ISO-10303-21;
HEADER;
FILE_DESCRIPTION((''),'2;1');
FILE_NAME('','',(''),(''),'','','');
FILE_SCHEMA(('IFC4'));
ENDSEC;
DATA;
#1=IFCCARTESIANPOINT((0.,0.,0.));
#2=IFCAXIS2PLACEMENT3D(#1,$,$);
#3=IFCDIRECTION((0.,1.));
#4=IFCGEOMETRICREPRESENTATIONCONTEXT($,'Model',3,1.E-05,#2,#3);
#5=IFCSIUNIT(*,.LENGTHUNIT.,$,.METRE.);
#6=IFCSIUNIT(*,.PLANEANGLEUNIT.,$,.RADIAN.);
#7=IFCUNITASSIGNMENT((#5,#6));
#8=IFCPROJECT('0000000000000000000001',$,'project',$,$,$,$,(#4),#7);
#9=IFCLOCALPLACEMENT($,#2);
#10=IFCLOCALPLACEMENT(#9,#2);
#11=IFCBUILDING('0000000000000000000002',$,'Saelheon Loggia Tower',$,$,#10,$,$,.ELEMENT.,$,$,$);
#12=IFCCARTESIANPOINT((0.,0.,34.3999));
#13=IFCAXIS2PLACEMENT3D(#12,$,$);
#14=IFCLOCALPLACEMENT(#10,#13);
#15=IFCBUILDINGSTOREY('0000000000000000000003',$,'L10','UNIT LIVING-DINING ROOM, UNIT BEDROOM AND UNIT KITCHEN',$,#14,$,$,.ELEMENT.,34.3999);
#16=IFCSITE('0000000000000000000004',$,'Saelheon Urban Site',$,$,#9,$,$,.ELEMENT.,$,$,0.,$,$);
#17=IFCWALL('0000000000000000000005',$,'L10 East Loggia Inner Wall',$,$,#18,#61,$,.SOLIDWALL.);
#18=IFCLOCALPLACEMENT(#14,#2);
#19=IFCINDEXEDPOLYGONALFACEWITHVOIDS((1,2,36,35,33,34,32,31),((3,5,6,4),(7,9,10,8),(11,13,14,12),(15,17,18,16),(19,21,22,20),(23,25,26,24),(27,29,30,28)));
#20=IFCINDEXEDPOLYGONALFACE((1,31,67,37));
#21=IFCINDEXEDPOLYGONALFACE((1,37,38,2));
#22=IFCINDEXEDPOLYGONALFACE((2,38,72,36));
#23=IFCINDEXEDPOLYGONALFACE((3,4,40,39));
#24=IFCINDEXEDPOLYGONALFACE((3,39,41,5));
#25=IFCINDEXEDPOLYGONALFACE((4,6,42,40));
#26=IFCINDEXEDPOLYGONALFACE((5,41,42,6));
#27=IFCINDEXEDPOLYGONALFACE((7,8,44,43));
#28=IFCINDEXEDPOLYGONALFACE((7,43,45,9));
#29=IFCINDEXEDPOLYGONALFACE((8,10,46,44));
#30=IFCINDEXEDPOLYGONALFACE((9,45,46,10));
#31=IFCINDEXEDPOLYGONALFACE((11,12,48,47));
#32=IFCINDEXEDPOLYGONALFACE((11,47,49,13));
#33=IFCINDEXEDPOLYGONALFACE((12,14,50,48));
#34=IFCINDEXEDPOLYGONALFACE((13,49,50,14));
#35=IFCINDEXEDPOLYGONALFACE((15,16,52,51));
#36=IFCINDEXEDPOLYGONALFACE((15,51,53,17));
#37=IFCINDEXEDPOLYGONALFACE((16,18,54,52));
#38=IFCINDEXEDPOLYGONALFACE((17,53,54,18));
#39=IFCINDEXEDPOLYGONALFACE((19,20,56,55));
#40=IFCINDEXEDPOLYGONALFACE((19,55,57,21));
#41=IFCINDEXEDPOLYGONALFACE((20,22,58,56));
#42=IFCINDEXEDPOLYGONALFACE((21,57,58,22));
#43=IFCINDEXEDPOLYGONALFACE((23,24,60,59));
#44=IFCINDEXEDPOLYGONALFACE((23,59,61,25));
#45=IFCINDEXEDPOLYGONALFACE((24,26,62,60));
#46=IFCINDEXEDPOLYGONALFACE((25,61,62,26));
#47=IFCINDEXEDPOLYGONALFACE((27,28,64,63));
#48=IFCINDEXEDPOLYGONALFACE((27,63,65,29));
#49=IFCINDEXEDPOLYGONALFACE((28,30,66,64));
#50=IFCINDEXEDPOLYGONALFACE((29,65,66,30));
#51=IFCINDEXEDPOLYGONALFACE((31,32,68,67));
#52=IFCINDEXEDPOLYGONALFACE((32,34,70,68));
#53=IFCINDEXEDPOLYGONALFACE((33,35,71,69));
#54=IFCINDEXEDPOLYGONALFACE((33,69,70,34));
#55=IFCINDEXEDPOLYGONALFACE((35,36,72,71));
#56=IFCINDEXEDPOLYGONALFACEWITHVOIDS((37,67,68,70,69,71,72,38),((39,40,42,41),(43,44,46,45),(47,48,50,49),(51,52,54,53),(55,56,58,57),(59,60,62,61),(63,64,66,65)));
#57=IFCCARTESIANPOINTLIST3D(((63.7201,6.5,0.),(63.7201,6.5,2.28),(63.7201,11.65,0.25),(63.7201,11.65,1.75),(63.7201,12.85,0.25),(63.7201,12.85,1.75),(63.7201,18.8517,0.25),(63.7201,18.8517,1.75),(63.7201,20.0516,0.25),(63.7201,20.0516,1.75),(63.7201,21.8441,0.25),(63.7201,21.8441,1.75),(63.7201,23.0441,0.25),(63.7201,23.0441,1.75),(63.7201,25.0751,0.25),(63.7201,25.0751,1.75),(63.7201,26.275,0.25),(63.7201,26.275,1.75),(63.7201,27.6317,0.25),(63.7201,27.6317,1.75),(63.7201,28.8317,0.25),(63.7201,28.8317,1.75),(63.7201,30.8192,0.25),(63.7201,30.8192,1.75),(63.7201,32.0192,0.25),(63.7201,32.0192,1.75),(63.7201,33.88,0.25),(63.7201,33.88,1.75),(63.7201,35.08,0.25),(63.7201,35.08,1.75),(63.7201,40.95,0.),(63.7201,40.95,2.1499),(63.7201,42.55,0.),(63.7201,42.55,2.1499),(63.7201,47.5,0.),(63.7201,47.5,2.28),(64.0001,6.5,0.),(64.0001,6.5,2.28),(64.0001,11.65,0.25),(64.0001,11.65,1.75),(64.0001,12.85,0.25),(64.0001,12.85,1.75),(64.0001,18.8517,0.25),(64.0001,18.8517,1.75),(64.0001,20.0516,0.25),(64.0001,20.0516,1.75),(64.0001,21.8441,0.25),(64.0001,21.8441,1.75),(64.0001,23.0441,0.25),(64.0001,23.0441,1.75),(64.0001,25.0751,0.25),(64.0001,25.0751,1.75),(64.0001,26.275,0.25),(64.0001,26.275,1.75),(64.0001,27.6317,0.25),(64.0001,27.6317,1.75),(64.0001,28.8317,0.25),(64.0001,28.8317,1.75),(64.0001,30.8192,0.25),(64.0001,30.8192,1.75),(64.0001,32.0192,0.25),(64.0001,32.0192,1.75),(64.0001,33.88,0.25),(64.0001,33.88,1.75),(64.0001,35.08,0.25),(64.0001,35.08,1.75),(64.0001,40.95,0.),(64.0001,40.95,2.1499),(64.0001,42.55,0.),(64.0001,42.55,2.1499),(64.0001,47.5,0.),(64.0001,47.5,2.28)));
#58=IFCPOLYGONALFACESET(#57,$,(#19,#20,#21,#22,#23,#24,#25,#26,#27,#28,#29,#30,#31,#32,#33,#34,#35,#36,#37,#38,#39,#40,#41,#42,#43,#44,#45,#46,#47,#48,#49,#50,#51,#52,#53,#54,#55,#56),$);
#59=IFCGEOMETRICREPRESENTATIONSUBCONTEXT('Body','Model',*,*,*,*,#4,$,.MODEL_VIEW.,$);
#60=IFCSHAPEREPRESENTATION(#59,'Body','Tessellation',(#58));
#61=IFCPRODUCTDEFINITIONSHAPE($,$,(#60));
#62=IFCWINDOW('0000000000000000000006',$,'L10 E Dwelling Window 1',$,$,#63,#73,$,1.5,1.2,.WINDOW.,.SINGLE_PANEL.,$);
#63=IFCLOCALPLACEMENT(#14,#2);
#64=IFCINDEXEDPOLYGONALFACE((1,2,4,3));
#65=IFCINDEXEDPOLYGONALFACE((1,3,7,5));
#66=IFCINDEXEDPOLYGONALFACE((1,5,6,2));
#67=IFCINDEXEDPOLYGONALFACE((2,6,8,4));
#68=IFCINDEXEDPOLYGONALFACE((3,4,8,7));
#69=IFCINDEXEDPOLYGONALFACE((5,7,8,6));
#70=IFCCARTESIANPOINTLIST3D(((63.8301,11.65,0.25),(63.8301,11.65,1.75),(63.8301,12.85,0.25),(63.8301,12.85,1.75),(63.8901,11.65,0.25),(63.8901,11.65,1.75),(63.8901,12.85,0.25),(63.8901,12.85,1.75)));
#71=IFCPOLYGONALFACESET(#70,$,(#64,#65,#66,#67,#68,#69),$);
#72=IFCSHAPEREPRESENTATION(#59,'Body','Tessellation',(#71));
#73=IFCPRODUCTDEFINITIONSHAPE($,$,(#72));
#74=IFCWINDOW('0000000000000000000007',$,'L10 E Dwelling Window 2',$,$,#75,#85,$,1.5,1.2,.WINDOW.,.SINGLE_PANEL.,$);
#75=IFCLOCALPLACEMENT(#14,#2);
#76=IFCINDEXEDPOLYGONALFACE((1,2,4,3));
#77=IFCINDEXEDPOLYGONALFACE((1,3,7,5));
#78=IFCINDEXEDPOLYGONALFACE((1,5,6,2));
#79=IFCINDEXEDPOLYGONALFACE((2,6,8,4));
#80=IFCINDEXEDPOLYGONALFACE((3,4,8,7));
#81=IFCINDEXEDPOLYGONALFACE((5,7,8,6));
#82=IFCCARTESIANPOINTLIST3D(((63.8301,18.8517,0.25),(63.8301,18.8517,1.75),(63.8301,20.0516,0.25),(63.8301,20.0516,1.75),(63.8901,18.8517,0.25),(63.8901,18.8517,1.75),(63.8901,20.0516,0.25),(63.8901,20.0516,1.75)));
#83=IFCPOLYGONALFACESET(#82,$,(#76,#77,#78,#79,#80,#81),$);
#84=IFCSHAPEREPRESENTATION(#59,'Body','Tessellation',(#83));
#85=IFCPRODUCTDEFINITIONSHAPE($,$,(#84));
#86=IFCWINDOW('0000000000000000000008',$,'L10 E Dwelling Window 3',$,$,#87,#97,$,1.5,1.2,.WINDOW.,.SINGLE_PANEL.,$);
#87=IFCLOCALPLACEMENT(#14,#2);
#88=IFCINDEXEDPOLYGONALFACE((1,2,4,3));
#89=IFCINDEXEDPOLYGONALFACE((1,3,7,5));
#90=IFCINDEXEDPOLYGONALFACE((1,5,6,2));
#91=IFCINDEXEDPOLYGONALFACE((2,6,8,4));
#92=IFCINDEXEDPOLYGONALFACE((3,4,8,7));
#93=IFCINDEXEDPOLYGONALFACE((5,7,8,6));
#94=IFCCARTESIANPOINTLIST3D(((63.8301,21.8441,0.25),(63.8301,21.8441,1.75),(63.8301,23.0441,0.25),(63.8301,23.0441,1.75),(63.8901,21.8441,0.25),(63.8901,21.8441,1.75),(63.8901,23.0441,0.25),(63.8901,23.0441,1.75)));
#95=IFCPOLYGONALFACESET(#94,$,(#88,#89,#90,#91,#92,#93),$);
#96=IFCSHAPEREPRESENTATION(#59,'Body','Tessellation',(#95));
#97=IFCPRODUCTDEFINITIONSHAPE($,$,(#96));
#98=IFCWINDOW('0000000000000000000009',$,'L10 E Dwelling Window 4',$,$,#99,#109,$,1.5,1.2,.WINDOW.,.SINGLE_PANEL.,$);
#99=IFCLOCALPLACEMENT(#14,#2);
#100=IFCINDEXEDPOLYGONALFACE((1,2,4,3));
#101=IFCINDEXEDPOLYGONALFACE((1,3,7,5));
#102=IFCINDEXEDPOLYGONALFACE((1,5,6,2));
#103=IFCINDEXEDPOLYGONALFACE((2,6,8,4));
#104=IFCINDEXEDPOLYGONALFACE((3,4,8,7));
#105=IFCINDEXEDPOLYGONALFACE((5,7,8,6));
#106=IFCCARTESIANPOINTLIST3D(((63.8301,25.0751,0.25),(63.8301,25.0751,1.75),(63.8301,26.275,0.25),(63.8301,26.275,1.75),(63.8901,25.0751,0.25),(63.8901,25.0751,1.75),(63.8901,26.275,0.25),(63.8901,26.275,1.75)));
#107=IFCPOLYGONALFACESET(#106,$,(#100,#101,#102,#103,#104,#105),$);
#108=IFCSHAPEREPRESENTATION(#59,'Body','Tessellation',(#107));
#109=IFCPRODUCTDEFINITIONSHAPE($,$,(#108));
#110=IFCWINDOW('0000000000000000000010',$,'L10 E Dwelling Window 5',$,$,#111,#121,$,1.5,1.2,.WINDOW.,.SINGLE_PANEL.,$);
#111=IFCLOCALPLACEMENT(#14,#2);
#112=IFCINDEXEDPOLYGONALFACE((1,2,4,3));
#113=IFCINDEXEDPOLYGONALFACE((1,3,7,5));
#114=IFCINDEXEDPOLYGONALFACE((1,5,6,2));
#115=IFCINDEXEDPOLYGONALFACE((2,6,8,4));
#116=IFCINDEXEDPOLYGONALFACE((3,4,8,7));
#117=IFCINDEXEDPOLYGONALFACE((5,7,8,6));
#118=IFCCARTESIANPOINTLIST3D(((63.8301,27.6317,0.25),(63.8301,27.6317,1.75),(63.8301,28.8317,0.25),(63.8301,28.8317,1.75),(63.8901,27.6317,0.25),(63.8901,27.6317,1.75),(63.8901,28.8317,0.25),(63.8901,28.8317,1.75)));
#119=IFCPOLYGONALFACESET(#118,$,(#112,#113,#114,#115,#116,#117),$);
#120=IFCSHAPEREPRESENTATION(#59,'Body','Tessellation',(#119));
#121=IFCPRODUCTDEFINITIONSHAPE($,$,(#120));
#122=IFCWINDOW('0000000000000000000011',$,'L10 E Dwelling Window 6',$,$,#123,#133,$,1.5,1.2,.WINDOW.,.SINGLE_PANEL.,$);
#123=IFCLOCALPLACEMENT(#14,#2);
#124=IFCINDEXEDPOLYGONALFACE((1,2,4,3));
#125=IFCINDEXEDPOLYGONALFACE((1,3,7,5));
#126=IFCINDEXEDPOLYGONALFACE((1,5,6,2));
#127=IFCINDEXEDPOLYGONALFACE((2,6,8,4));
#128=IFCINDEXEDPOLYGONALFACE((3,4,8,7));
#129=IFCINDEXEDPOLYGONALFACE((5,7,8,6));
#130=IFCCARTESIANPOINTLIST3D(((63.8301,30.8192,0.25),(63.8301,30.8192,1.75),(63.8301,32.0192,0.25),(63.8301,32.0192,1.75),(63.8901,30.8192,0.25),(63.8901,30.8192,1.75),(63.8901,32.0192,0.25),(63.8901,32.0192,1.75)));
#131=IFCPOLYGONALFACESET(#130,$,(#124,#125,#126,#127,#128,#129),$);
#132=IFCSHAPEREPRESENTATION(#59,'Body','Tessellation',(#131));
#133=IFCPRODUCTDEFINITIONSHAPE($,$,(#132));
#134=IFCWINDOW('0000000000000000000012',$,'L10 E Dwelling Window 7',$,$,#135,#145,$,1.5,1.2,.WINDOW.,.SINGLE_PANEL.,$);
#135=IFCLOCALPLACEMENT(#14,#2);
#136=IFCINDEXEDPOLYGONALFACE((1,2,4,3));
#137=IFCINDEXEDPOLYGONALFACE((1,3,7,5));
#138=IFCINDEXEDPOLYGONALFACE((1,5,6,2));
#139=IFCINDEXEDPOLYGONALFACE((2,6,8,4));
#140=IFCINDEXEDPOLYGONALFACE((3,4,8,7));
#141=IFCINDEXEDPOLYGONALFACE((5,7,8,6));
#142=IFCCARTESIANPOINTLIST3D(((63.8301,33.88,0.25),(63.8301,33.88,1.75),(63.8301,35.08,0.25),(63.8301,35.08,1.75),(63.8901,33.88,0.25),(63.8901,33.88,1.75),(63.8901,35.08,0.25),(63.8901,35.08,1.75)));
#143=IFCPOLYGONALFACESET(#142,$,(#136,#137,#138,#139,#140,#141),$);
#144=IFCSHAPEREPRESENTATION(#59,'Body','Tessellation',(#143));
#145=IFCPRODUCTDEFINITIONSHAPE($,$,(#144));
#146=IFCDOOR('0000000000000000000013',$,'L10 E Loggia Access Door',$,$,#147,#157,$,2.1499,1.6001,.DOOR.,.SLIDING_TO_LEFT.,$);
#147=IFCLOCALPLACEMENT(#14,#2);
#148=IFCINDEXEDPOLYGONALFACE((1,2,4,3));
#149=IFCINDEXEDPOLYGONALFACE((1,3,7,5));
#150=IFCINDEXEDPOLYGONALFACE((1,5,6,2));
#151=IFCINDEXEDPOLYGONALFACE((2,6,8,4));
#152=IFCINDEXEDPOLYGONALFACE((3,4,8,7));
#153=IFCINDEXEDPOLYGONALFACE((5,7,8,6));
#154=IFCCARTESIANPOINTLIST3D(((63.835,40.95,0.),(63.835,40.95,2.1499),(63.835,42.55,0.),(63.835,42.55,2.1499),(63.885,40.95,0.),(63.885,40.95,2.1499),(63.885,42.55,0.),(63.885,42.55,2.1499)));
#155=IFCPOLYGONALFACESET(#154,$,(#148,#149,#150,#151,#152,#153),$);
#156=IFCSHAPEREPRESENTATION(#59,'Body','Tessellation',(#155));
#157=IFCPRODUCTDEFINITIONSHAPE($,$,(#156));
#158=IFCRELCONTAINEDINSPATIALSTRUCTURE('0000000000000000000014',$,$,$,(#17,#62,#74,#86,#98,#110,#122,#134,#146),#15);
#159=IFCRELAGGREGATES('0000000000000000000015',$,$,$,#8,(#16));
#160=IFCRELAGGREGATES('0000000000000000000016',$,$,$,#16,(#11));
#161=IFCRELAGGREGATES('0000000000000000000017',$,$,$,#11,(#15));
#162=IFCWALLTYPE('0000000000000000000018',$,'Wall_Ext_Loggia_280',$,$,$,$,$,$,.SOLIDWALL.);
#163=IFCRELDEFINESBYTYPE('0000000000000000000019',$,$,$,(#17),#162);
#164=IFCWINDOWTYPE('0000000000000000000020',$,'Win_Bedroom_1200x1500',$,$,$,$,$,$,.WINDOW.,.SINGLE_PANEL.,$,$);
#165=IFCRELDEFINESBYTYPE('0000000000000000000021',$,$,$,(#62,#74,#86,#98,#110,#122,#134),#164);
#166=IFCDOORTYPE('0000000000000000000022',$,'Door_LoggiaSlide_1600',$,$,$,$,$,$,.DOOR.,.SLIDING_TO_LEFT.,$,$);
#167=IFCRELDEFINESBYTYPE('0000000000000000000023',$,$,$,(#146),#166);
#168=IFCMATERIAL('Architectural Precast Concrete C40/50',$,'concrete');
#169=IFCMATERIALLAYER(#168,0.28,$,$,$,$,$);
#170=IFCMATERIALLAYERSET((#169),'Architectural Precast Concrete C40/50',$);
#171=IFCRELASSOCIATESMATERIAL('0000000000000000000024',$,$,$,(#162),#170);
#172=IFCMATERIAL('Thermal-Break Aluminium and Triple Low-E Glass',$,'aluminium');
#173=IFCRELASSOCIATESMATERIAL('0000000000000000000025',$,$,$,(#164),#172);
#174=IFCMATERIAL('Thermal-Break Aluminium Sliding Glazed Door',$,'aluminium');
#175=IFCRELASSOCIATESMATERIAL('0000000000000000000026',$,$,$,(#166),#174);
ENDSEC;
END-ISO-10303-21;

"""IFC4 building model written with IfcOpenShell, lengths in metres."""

from ifc_helpers import new_model, si_unit, direction, frame, frame_2d, origin, place, context, subcontext, project, spatial, rectangle, extrude, source, transform, mapped, material, layer, layer_set, type_object, element, fill, save


model = new_model("IFC4")

# Units and contexts
model_context = context("Model", 3, precision=1e-05, world=origin(), true_north=direction((0.0, 1.0)))
body_context = subcontext(model_context, "Body", "Model", "MODEL_VIEW")
ifc_project = project(units=[si_unit("LENGTHUNIT", "METRE"), si_unit("PLANEANGLEUNIT", "RADIAN")], contexts=[model_context])

# Site, building, storey
site_placement = place(None, origin())
site = spatial("IfcSite", under=ifc_project, at=site_placement, Name="Saelheon Urban Site", CompositionType="ELEMENT", RefElevation=0.0)
building_placement = place(site_placement, origin())
building = spatial("IfcBuilding", under=site, at=building_placement, Name="Saelheon Loggia Tower", CompositionType="ELEMENT")
storey_placement = place(building_placement, frame((0.0, 0.0, 34.3999)))
storey = spatial("IfcBuildingStorey", under=building, at=storey_placement, Name="L10", Description="UNIT LIVING-DINING ROOM, UNIT BEDROOM AND UNIT KITCHEN", CompositionType="ELEMENT", Elevation=34.3999)

# Shared definitions
ifc_material_1 = material(Name="Thermal-Break Aluminium and Triple Low-E Glass", Category="aluminium")

# Wall, openings, windows, door
ifc_material_2 = material(Name="Architectural Precast Concrete C40/50", Category="concrete")
ifc_layer_1 = layer(ifc_material_2, 0.28)
ifc_layer_set_1 = layer_set([ifc_layer_1], Name="Architectural Precast Concrete C40/50")
wall_type_1 = type_object("IfcWallType", Name="Wall_Ext_Loggia_280", PredefinedType="SOLIDWALL", material=ifc_layer_set_1)
wall_1_placement = place(storey_placement, frame((63.8601, 6.5, 0.0), z_axis=(0.0, 0.0, 1.0), x_axis=(0.0, 1.0, 0.0)))
wall_1 = element("IfcWall", 1, at=wall_1_placement, inside=storey, type_object=wall_type_1, Name="L10 East Loggia Inner Wall", PredefinedType="SOLIDWALL", context=body_context, shape_type="SweptSolid", body=[
    extrude(rectangle(XDim=41.0, YDim=0.28, at=frame_2d((20.5, 0.0))), origin(), (0.0, 0.0, 1.0), 2.28),
])
opening_1_placement = place(wall_1_placement, frame((5.1499, 0.0, 0.25)))
opening_1 = element("IfcOpeningElement", 2, at=opening_1_placement, cuts=wall_1, PredefinedType="OPENING", context=body_context, shape_type="SweptSolid", body=[
    extrude(rectangle(XDim=1.2, YDim=1.5, at=frame_2d((0.6001, 0.75))), frame((0.0, 0.1521, 0.0), z_axis=(0.0, -1.0, 0.0), x_axis=(1.0, 0.0, 0.0)), (0.0, 0.0, 1.0), 0.304),
])
opening_2_placement = place(wall_1_placement, frame((12.3516, 0.0, 0.25)))
opening_2 = element("IfcOpeningElement", 3, at=opening_2_placement, cuts=wall_1, PredefinedType="OPENING", context=body_context, shape_type="SweptSolid", body=[
    extrude(rectangle(XDim=1.2, YDim=1.5, at=frame_2d((0.6001, 0.75))), frame((0.0, 0.1521, 0.0), z_axis=(0.0, -1.0, 0.0), x_axis=(1.0, 0.0, 0.0)), (0.0, 0.0, 1.0), 0.304),
])
opening_3_placement = place(wall_1_placement, frame((15.344, 0.0, 0.25)))
opening_3 = element("IfcOpeningElement", 4, at=opening_3_placement, cuts=wall_1, PredefinedType="OPENING", context=body_context, shape_type="SweptSolid", body=[
    extrude(rectangle(XDim=1.2, YDim=1.5, at=frame_2d((0.6001, 0.75))), frame((0.0, 0.1521, 0.0), z_axis=(0.0, -1.0, 0.0), x_axis=(1.0, 0.0, 0.0)), (0.0, 0.0, 1.0), 0.304),
])
opening_4_placement = place(wall_1_placement, frame((18.575, 0.0, 0.25)))
opening_4 = element("IfcOpeningElement", 5, at=opening_4_placement, cuts=wall_1, PredefinedType="OPENING", context=body_context, shape_type="SweptSolid", body=[
    extrude(rectangle(XDim=1.2, YDim=1.5, at=frame_2d((0.6001, 0.75))), frame((0.0, 0.1521, 0.0), z_axis=(0.0, -1.0, 0.0), x_axis=(1.0, 0.0, 0.0)), (0.0, 0.0, 1.0), 0.304),
])
opening_5_placement = place(wall_1_placement, frame((21.1316, 0.0, 0.25)))
opening_5 = element("IfcOpeningElement", 6, at=opening_5_placement, cuts=wall_1, PredefinedType="OPENING", context=body_context, shape_type="SweptSolid", body=[
    extrude(rectangle(XDim=1.2, YDim=1.5, at=frame_2d((0.6001, 0.75))), frame((0.0, 0.1521, 0.0), z_axis=(0.0, -1.0, 0.0), x_axis=(1.0, 0.0, 0.0)), (0.0, 0.0, 1.0), 0.304),
])
opening_6_placement = place(wall_1_placement, frame((24.3191, 0.0, 0.25)))
opening_6 = element("IfcOpeningElement", 7, at=opening_6_placement, cuts=wall_1, PredefinedType="OPENING", context=body_context, shape_type="SweptSolid", body=[
    extrude(rectangle(XDim=1.2, YDim=1.5, at=frame_2d((0.6001, 0.75))), frame((0.0, 0.1521, 0.0), z_axis=(0.0, -1.0, 0.0), x_axis=(1.0, 0.0, 0.0)), (0.0, 0.0, 1.0), 0.304),
])
opening_7_placement = place(wall_1_placement, frame((27.3799, 0.0, 0.25)))
opening_7 = element("IfcOpeningElement", 8, at=opening_7_placement, cuts=wall_1, PredefinedType="OPENING", context=body_context, shape_type="SweptSolid", body=[
    extrude(rectangle(XDim=1.2, YDim=1.5, at=frame_2d((0.6001, 0.75))), frame((0.0, 0.1521, 0.0), z_axis=(0.0, -1.0, 0.0), x_axis=(1.0, 0.0, 0.0)), (0.0, 0.0, 1.0), 0.304),
])
opening_8_placement = place(wall_1_placement, frame((36.05, 0.0, 0.0), z_axis=(0.0, 0.0, 1.0), x_axis=(-1.0, 0.0, 0.0)))
opening_8 = element("IfcOpeningElement", 9, at=opening_8_placement, cuts=wall_1, PredefinedType="OPENING", context=body_context, shape_type="SweptSolid", body=[
    extrude(rectangle(XDim=1.6001, YDim=2.1499, at=frame_2d((0.8, 1.075))), frame((0.0, 0.1521, 0.0), z_axis=(0.0, -1.0, 0.0), x_axis=(1.0, 0.0, 0.0)), (0.0, 0.0, 1.0), 0.304),
])
window_type = type_object("IfcWindowType", Name="Win_Bedroom_1200x1500", PartitioningType="SINGLE_PANEL", PredefinedType="WINDOW", material=ifc_material_1)
shared_shape_1 = source(origin(), body_context, "Body", "SweptSolid", [
    extrude(rectangle(XDim=1.2, YDim=1.5, at=frame_2d((0.6001, 0.75))), frame((0.0, 0.03, 0.0), z_axis=(0.0, -1.0, 0.0), x_axis=(1.0, 0.0, 0.0)), (0.0, 0.0, 1.0), 0.0601),
])
window_1_placement = place(opening_1_placement, origin())
window_1 = element("IfcWindow", 10, at=window_1_placement, inside=storey, type_object=window_type, Name="L10 E Dwelling Window 1", OverallHeight=1.5, OverallWidth=1.2, PartitioningType="SINGLE_PANEL", PredefinedType="WINDOW", context=body_context, shape_type="MappedRepresentation", body=[
    mapped(shared_shape_1, transform((0.0, 0.0, 0.0), scale=1.0)),
])
fill(opening_1, window_1)
window_2_placement = place(opening_2_placement, origin())
window_2 = element("IfcWindow", 11, at=window_2_placement, inside=storey, type_object=window_type, Name="L10 E Dwelling Window 2", OverallHeight=1.5, OverallWidth=1.2, PartitioningType="SINGLE_PANEL", PredefinedType="WINDOW", context=body_context, shape_type="MappedRepresentation", body=[
    mapped(shared_shape_1, transform((0.0, 0.0, 0.0), scale=1.0)),
])
fill(opening_2, window_2)
window_3_placement = place(opening_3_placement, origin())
window_3 = element("IfcWindow", 12, at=window_3_placement, inside=storey, type_object=window_type, Name="L10 E Dwelling Window 3", OverallHeight=1.5, OverallWidth=1.2, PartitioningType="SINGLE_PANEL", PredefinedType="WINDOW", context=body_context, shape_type="MappedRepresentation", body=[
    mapped(shared_shape_1, transform((0.0, 0.0, 0.0), scale=1.0)),
])
fill(opening_3, window_3)
window_4_placement = place(opening_4_placement, origin())
window_4 = element("IfcWindow", 13, at=window_4_placement, inside=storey, type_object=window_type, Name="L10 E Dwelling Window 4", OverallHeight=1.5, OverallWidth=1.2, PartitioningType="SINGLE_PANEL", PredefinedType="WINDOW", context=body_context, shape_type="MappedRepresentation", body=[
    mapped(shared_shape_1, transform((0.0, 0.0, 0.0), scale=1.0)),
])
fill(opening_4, window_4)
window_5_placement = place(opening_5_placement, origin())
window_5 = element("IfcWindow", 14, at=window_5_placement, inside=storey, type_object=window_type, Name="L10 E Dwelling Window 5", OverallHeight=1.5, OverallWidth=1.2, PartitioningType="SINGLE_PANEL", PredefinedType="WINDOW", context=body_context, shape_type="MappedRepresentation", body=[
    mapped(shared_shape_1, transform((0.0, 0.0, 0.0), scale=1.0)),
])
fill(opening_5, window_5)
window_6_placement = place(opening_6_placement, origin())
window_6 = element("IfcWindow", 15, at=window_6_placement, inside=storey, type_object=window_type, Name="L10 E Dwelling Window 6", OverallHeight=1.5, OverallWidth=1.2, PartitioningType="SINGLE_PANEL", PredefinedType="WINDOW", context=body_context, shape_type="MappedRepresentation", body=[
    mapped(shared_shape_1, transform((0.0, 0.0, 0.0), scale=1.0)),
])
fill(opening_6, window_6)
window_7_placement = place(opening_7_placement, origin())
window_7 = element("IfcWindow", 16, at=window_7_placement, inside=storey, type_object=window_type, Name="L10 E Dwelling Window 7", OverallHeight=1.5, OverallWidth=1.2, PartitioningType="SINGLE_PANEL", PredefinedType="WINDOW", context=body_context, shape_type="MappedRepresentation", body=[
    mapped(shared_shape_1, transform((0.0, 0.0, 0.0), scale=1.0)),
])
fill(opening_7, window_7)
ifc_material_3 = material(Name="Thermal-Break Aluminium Sliding Glazed Door", Category="aluminium")
door_type_1 = type_object("IfcDoorType", Name="Door_LoggiaSlide_1600", OperationType="SLIDING_TO_LEFT", PredefinedType="DOOR", material=ifc_material_3)
shared_shape_2 = source(origin(), body_context, "Body", "SweptSolid", [
    extrude(rectangle(XDim=1.6001, YDim=2.1499, at=frame_2d((0.8, 1.075))), frame((0.0, 0.0249, 0.0), z_axis=(0.0, -1.0, 0.0), x_axis=(1.0, 0.0, 0.0)), (0.0, 0.0, 1.0), 0.05),
])
door_1_placement = place(opening_8_placement, origin())
door_1 = element("IfcDoor", 17, at=door_1_placement, inside=storey, type_object=door_type_1, Name="L10 E Loggia Access Door", OperationType="SLIDING_TO_LEFT", OverallHeight=2.1499, OverallWidth=1.6001, PredefinedType="DOOR", context=body_context, shape_type="MappedRepresentation", body=[
    mapped(shared_shape_2, transform((0.0, 0.0, 0.0), scale=1.0)),
])
fill(opening_8, door_1)

save(model, "model.ifc")
